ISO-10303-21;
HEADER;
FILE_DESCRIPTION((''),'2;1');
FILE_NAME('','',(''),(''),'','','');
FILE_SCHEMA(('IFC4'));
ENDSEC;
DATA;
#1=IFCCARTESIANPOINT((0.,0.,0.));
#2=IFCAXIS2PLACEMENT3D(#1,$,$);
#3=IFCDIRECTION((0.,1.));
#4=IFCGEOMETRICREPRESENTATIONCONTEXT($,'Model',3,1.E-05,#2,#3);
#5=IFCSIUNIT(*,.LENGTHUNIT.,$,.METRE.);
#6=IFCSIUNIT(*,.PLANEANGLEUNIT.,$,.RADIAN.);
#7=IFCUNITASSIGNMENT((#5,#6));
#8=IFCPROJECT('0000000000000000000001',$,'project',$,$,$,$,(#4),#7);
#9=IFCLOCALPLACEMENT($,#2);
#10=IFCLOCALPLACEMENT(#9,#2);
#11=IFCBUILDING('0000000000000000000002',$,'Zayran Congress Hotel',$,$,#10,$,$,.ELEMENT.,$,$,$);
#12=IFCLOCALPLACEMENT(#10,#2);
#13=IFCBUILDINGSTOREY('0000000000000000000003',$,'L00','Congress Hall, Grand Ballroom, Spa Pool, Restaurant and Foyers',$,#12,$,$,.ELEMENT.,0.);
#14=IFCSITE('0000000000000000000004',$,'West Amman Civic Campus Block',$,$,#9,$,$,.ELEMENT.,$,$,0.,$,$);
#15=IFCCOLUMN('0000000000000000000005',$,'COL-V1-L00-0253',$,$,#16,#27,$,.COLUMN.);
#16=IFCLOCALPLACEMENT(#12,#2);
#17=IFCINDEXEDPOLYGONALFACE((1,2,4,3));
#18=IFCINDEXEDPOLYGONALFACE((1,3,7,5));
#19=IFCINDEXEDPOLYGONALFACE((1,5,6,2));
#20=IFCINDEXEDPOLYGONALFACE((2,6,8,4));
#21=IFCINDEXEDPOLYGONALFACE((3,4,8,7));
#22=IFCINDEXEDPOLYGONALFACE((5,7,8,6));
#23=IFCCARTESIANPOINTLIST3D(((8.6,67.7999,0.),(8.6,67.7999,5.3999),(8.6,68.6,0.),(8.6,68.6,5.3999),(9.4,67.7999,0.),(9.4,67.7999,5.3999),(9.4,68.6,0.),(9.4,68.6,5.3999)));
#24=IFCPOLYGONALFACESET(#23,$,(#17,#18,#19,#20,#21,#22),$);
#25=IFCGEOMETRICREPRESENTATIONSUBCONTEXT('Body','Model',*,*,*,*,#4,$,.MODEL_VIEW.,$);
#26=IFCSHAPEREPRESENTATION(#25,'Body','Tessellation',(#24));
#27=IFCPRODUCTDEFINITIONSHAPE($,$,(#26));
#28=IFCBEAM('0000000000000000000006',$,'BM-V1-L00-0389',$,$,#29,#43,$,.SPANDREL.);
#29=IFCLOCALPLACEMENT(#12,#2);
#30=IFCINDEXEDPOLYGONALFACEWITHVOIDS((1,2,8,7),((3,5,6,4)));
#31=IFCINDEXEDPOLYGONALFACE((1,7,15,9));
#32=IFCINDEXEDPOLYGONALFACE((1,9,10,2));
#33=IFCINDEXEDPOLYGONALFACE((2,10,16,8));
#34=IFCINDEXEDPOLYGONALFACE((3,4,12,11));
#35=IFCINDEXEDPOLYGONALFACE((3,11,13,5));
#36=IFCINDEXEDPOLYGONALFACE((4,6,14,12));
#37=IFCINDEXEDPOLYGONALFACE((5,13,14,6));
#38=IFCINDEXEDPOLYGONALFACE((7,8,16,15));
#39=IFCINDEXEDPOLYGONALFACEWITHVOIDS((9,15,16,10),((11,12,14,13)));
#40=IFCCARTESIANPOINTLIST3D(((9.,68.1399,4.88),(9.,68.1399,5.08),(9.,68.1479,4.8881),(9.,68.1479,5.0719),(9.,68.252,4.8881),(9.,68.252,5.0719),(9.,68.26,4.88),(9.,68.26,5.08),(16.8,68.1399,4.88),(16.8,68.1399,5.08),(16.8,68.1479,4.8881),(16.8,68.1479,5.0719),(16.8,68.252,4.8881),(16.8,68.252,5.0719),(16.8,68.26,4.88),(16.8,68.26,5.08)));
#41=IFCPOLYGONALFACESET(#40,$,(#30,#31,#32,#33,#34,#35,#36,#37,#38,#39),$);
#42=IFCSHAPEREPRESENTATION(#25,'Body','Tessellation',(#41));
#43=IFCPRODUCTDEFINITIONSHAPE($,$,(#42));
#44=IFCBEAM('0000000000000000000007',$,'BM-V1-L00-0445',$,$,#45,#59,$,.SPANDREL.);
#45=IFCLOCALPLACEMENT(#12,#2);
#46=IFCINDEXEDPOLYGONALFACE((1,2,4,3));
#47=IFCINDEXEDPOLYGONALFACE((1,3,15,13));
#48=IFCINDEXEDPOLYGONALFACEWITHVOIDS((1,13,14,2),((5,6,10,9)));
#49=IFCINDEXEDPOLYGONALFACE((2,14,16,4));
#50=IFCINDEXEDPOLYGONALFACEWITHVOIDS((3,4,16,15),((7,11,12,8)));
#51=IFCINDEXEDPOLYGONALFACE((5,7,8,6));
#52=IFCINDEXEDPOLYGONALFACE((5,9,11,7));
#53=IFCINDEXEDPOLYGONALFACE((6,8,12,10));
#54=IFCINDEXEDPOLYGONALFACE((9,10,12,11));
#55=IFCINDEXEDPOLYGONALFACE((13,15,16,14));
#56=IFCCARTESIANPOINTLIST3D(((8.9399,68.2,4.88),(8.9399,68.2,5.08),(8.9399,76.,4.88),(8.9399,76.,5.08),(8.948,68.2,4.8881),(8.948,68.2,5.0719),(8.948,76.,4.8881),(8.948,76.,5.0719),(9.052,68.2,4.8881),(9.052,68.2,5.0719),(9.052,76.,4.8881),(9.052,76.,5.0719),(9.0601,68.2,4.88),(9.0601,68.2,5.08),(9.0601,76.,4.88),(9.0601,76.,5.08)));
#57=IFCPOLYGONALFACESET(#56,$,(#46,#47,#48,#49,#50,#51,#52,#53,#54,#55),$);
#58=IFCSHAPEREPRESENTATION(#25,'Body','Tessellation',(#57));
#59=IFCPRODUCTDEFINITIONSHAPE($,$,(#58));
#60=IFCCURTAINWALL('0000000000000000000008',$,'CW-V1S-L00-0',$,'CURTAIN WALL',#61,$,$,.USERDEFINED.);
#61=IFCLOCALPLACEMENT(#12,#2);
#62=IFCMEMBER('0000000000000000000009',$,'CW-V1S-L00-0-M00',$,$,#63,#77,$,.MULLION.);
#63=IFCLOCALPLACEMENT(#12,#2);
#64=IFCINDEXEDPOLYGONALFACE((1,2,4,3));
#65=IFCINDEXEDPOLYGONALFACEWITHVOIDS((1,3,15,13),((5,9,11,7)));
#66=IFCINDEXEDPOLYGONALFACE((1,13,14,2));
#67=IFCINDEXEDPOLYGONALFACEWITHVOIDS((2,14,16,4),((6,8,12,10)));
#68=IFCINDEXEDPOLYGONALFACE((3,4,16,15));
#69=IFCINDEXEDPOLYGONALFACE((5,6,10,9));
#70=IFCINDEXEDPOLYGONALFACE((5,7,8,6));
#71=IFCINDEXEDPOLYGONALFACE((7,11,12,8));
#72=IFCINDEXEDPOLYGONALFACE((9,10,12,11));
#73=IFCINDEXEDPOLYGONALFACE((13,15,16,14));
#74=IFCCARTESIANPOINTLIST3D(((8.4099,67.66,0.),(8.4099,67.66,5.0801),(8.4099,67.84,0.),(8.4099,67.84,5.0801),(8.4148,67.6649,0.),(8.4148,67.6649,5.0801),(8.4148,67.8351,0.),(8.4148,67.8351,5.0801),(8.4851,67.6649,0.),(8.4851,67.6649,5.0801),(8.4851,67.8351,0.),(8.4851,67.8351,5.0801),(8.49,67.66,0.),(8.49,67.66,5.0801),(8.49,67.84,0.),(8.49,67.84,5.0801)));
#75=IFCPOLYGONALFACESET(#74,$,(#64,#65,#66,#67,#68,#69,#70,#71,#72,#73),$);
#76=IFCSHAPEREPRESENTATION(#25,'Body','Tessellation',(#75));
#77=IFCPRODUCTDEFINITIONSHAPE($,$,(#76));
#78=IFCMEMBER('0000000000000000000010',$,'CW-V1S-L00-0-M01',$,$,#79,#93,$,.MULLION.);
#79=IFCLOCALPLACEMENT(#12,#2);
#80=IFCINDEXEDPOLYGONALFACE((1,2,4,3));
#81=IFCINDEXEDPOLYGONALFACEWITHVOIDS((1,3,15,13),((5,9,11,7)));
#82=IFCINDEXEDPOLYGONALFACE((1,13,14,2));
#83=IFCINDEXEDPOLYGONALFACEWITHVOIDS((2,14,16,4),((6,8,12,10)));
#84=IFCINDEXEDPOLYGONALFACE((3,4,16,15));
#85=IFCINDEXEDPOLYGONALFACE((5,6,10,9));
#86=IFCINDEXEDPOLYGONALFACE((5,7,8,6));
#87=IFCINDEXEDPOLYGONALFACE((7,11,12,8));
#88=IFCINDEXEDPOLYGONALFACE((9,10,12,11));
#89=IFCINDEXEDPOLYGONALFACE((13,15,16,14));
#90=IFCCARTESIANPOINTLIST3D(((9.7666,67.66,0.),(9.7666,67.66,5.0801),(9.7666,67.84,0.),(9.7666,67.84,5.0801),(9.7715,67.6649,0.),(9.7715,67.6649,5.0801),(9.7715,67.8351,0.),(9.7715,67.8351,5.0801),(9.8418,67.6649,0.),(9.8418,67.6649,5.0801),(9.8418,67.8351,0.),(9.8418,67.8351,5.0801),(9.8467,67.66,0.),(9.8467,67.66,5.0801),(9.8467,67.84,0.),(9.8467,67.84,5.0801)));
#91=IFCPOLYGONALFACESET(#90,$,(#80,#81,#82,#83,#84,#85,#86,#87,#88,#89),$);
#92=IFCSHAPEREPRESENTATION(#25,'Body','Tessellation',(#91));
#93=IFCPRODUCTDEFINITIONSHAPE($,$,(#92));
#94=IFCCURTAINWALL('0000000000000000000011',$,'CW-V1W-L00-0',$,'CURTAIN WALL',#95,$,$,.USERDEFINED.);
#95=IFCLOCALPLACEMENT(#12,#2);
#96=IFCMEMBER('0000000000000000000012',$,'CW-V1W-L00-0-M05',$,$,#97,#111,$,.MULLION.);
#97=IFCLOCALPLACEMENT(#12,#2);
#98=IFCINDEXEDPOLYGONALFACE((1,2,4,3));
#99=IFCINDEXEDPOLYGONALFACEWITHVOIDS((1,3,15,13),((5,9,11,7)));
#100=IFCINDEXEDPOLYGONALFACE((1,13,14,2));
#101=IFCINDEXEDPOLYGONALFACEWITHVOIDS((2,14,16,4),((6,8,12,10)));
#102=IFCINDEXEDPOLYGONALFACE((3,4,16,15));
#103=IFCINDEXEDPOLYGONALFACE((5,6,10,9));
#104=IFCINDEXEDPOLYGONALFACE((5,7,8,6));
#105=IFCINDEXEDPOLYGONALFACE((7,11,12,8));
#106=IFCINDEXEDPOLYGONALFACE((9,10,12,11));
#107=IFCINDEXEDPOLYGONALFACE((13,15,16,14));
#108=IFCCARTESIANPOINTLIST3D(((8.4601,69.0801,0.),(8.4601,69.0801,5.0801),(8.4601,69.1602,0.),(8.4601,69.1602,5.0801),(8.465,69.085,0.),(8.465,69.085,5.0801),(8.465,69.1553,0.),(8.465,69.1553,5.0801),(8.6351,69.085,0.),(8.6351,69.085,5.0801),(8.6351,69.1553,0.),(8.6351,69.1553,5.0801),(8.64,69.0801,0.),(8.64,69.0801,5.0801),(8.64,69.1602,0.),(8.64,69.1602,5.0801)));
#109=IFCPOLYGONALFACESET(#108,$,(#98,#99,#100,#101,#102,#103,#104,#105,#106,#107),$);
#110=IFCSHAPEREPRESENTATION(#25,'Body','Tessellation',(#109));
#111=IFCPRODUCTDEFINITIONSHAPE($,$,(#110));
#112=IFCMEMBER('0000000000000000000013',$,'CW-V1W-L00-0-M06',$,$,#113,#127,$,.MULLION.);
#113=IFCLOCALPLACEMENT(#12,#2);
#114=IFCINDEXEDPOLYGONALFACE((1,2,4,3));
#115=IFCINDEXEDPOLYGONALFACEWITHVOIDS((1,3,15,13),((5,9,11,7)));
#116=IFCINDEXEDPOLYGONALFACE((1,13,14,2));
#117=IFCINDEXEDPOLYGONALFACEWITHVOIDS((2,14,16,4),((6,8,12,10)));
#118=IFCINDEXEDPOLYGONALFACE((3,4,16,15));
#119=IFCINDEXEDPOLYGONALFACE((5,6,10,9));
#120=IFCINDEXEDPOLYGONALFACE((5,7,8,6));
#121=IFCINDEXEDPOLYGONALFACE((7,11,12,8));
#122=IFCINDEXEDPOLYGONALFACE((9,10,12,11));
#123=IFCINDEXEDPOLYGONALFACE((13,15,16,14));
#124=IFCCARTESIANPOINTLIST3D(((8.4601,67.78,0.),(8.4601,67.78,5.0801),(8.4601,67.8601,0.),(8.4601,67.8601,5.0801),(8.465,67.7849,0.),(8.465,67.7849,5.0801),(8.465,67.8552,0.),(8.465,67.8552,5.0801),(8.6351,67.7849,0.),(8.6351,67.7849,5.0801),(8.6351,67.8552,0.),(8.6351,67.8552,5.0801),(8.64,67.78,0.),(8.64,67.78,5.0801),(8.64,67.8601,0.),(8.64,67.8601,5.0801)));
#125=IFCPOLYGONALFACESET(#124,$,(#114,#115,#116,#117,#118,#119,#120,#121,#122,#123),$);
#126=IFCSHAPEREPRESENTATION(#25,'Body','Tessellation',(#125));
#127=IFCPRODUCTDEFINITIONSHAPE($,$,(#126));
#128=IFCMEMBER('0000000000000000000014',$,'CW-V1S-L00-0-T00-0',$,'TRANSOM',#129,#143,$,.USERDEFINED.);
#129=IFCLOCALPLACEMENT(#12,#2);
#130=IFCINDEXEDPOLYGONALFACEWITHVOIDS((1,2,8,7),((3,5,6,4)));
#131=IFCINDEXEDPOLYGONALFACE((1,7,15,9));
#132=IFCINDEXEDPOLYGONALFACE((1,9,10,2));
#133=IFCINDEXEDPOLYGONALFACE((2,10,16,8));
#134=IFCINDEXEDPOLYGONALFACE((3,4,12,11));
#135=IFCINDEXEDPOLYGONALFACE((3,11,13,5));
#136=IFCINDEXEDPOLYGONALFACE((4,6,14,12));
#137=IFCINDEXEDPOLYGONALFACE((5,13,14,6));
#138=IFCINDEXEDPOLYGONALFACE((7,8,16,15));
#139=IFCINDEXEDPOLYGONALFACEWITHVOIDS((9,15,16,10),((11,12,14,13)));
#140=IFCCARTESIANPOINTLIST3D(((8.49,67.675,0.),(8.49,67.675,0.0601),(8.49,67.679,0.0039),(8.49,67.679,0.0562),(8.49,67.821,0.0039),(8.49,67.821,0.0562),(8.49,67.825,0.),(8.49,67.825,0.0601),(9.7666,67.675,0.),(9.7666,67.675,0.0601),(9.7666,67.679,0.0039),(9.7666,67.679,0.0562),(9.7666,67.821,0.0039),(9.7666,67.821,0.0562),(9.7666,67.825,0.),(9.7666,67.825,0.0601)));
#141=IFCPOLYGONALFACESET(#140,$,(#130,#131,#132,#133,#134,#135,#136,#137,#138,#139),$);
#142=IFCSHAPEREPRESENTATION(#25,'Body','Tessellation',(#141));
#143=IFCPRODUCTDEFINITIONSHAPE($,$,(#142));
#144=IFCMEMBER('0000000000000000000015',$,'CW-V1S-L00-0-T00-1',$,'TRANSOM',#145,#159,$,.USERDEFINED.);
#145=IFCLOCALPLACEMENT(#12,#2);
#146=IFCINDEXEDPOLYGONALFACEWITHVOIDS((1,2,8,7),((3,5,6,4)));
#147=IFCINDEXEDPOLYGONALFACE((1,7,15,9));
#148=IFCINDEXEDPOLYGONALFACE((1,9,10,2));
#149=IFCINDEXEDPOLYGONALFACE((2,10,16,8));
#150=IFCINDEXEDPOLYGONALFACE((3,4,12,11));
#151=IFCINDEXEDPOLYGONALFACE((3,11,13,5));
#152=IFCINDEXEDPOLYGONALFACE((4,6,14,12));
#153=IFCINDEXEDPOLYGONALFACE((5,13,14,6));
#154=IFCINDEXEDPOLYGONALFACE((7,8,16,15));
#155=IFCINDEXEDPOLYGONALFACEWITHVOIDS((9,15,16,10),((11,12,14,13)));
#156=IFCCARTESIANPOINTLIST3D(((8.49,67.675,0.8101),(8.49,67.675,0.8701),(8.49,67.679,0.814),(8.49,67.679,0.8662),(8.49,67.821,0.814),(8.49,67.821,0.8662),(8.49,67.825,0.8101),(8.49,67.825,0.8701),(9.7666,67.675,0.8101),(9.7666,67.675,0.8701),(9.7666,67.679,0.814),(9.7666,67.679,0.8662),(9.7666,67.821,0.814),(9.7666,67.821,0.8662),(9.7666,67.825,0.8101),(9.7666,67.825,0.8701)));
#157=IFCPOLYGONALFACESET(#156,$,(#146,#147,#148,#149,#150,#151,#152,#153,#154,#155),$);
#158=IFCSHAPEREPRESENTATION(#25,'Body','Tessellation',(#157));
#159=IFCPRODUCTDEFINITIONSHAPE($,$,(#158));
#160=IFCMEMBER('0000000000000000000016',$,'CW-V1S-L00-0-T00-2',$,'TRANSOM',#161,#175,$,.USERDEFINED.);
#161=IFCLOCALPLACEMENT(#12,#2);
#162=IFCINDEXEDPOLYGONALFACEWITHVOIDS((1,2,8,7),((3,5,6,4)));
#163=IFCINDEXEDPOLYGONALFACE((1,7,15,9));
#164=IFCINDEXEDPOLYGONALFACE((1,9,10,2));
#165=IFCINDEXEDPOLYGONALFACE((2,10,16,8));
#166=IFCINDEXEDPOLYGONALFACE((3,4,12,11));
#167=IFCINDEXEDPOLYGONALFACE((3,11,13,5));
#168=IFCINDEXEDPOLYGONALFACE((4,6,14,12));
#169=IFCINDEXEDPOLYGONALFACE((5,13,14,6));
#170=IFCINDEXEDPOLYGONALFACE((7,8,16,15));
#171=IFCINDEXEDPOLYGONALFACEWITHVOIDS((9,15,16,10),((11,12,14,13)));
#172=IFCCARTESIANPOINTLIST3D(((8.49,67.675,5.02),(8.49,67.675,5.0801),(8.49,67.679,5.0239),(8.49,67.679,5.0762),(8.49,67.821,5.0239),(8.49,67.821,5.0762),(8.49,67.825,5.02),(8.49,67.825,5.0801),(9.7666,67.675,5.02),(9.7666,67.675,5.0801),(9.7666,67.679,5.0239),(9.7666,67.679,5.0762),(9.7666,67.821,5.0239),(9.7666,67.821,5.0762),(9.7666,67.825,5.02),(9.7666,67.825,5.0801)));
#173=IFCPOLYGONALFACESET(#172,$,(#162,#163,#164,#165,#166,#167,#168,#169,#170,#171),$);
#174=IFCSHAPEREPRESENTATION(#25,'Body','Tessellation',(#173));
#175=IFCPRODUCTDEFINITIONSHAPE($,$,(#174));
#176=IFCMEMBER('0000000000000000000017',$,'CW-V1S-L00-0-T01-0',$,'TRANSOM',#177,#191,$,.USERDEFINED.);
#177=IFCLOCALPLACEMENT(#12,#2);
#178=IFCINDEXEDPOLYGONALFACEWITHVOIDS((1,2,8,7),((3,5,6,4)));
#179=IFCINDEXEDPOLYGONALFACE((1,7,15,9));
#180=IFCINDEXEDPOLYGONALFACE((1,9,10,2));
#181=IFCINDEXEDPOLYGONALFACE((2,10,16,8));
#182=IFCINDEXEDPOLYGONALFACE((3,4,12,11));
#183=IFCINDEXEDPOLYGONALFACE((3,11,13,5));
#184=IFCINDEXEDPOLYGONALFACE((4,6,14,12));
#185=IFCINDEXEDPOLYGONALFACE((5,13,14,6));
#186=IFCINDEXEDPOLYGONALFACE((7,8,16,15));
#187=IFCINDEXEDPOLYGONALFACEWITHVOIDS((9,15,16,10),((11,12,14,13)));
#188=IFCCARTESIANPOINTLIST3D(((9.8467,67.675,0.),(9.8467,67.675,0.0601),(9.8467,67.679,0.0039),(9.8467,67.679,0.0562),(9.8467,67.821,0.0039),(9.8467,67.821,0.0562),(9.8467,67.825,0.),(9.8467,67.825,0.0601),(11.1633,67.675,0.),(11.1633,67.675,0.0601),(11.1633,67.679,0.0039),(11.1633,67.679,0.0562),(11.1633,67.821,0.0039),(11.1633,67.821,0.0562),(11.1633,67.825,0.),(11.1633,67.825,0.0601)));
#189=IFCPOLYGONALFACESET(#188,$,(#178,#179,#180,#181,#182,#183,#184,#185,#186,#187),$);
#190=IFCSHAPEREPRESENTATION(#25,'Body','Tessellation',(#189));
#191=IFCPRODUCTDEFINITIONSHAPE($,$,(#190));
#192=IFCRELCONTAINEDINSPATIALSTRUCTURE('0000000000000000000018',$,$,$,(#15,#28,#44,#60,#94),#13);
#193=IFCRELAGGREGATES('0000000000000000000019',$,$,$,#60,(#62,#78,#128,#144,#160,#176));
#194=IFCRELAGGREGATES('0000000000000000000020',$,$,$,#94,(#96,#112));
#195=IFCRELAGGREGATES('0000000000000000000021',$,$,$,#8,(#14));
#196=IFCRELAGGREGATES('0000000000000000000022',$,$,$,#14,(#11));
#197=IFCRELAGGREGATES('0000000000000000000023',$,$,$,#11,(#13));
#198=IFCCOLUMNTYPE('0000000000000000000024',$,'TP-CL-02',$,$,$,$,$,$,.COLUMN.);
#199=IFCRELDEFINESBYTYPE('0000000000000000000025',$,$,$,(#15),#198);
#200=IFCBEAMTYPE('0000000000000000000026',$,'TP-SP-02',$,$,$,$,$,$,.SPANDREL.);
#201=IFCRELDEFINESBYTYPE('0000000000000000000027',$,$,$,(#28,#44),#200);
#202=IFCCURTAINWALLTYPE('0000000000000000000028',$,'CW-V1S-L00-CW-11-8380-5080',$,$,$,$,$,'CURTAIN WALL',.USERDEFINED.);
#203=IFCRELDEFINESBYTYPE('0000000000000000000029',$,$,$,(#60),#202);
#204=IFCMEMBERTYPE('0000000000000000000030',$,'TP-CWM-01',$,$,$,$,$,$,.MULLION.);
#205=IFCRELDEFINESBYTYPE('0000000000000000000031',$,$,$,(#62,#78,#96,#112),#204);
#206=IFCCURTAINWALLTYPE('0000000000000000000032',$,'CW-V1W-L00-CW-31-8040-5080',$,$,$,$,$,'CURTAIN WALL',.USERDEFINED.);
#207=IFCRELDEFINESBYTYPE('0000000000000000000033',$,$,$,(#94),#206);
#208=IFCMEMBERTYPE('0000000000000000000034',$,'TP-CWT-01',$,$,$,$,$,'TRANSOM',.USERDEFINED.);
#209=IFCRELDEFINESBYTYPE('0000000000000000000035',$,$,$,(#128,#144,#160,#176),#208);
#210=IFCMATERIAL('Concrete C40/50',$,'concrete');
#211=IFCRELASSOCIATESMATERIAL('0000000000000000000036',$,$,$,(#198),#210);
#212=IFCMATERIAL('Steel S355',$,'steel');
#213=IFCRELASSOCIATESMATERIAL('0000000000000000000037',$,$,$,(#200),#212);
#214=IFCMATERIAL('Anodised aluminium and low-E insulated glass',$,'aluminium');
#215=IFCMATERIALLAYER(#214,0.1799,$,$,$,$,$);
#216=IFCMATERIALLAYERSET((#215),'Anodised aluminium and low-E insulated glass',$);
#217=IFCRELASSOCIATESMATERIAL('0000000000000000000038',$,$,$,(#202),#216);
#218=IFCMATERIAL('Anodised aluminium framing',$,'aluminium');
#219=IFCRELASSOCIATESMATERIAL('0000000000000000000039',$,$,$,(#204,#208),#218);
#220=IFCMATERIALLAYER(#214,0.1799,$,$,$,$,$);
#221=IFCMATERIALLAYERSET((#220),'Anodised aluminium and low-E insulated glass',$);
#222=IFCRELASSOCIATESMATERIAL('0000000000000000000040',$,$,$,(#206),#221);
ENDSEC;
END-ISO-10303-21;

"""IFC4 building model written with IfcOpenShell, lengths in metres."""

from ifc_helpers import new_model, si_unit, direction, frame, origin, origin_2d, place, context, subcontext, project, spatial, rectangle, hollow_rectangle, extrude, material, layer, layer_set, material_profile, profile_set, type_object, element, aggregate, save


model = new_model("IFC4")

# Units and contexts
model_context = context("Model", 3, precision=1e-05, world=origin(), true_north=direction((0.0, 1.0)))
body_context = subcontext(model_context, "Body", "Model", "MODEL_VIEW")
ifc_project = project(units=[si_unit("LENGTHUNIT", "METRE"), si_unit("PLANEANGLEUNIT", "RADIAN")], contexts=[model_context])

# Site, building, storey
site_placement = place(None, origin())
site = spatial("IfcSite", under=ifc_project, at=site_placement, Name="West Amman Civic Campus Block", CompositionType="ELEMENT", RefElevation=0.0)
building_placement = place(site_placement, origin())
building = spatial("IfcBuilding", under=site, at=building_placement, Name="Zayran Congress Hotel", CompositionType="ELEMENT")
storey_placement = place(building_placement, origin())
storey = spatial("IfcBuildingStorey", under=building, at=storey_placement, Name="L00", Description="Congress Hall, Grand Ballroom, Spa Pool, Restaurant and Foyers", CompositionType="ELEMENT", Elevation=0.0)

# Column
ifc_material_1 = material(Name="Concrete C40/50", Category="concrete")
ifc_material_profile_1 = material_profile(ifc_material_1, rectangle(XDim=0.8, YDim=0.8, at=origin_2d()), Name="RC 800x800")
ifc_profile_set_1 = profile_set([ifc_material_profile_1], Name="Concrete C40/50")
column_type = type_object("IfcColumnType", Name="TP-CL-02", PredefinedType="COLUMN", material=ifc_profile_set_1)
column_placement = place(storey_placement, frame((9.0, 68.2, 0.0), z_axis=(0.0, 0.0, 1.0), x_axis=(1.0, 0.0, 0.0)))
element("IfcColumn", 1, at=column_placement, inside=storey, type_object=column_type, Name="COL-V1-L00-0253", PredefinedType="COLUMN", context=body_context, shape_type="SweptSolid", body=[
    extrude(rectangle(XDim=0.8, YDim=0.8, at=origin_2d()), origin(), (0.0, 0.0, 1.0), 5.3999),
])

# Beams
ifc_material_2 = material(Name="Steel S355", Category="steel")
ifc_material_profile_2 = material_profile(ifc_material_2, hollow_rectangle(XDim=0.1201, YDim=0.2, WallThickness=0.0081, at=origin_2d()), Name="RHS 200x120x8")
ifc_profile_set_2 = profile_set([ifc_material_profile_2], Name="Steel S355")
beam_type = type_object("IfcBeamType", Name="TP-SP-02", PredefinedType="SPANDREL", material=ifc_profile_set_2)
for number, where, z_axis, x_axis, name in (
    (2, (9.0, 68.2, 4.98), (1.0, 0.0, 0.0), (0.0, 1.0, 0.0), "BM-V1-L00-0389"),
    (3, (9.0, 68.2, 4.98), (0.0, 1.0, 0.0), (-1.0, 0.0, 0.0), "BM-V1-L00-0445"),
):
    element("IfcBeam", number, at=place(storey_placement, frame(where, z_axis=z_axis, x_axis=x_axis)), inside=storey, type_object=beam_type, Name=name, PredefinedType="SPANDREL", context=body_context, shape_type="SweptSolid", body=[
        extrude(hollow_rectangle(XDim=0.1201, YDim=0.2, WallThickness=0.0081, at=origin_2d()), origin(), (0.0, 0.0, 1.0), 7.8),
    ])

# Curtain walls, members
ifc_material_3 = material(Name="Anodised aluminium and low-E insulated glass", Category="aluminium")
ifc_layer_1 = layer(ifc_material_3, 0.1799)
ifc_layer_set_1 = layer_set([ifc_layer_1], Name="Anodised aluminium and low-E insulated glass")
curtain_wall_type_1 = type_object("IfcCurtainWallType", Name="CW-V1S-L00-CW-11-8380-5080", ElementType="CURTAIN WALL", PredefinedType="USERDEFINED", material=ifc_layer_set_1)
curtain_wall_1_placement = place(storey_placement, origin())
curtain_wall_1 = element("IfcCurtainWall", 4, at=curtain_wall_1_placement, inside=storey, type_object=curtain_wall_type_1, Name="CW-V1S-L00-0", ObjectType="CURTAIN WALL", PredefinedType="USERDEFINED")
ifc_material_4 = material(Name="Anodised aluminium framing", Category="aluminium")
ifc_material_profile_3 = material_profile(ifc_material_4, hollow_rectangle(XDim=0.0801, YDim=0.1799, WallThickness=0.0049, at=origin_2d()), Name="RHS 180x80x5")
ifc_profile_set_3 = profile_set([ifc_material_profile_3], Name="Anodised aluminium framing")
member_type_1 = type_object("IfcMemberType", Name="TP-CWM-01", PredefinedType="MULLION", material=ifc_profile_set_3)
member_1_placement = place(storey_placement, frame((8.45, 67.75, 0.0), z_axis=(0.0, 0.0, 1.0), x_axis=(1.0, 0.0, 0.0)))
member_1 = element("IfcMember", 5, at=member_1_placement, type_object=member_type_1, Name="CW-V1S-L00-0-M00", PredefinedType="MULLION", context=body_context, shape_type="SweptSolid", body=[
    extrude(hollow_rectangle(XDim=0.0801, YDim=0.1799, WallThickness=0.0049, at=origin_2d()), origin(), (0.0, 0.0, 1.0), 5.0801),
])
member_2_placement = place(storey_placement, frame((9.8066, 67.75, 0.0), z_axis=(0.0, 0.0, 1.0), x_axis=(1.0, 0.0, 0.0)))
member_2 = element("IfcMember", 6, at=member_2_placement, type_object=member_type_1, Name="CW-V1S-L00-0-M01", PredefinedType="MULLION", context=body_context, shape_type="SweptSolid", body=[
    extrude(hollow_rectangle(XDim=0.0801, YDim=0.1799, WallThickness=0.0049, at=origin_2d()), origin(), (0.0, 0.0, 1.0), 5.0801),
])
ifc_layer_2 = layer(ifc_material_3, 0.1799)
ifc_layer_set_2 = layer_set([ifc_layer_2], Name="Anodised aluminium and low-E insulated glass")
curtain_wall_type_2 = type_object("IfcCurtainWallType", Name="CW-V1W-L00-CW-31-8040-5080", ElementType="CURTAIN WALL", PredefinedType="USERDEFINED", material=ifc_layer_set_2)
curtain_wall_2_placement = place(storey_placement, origin())
curtain_wall_2 = element("IfcCurtainWall", 7, at=curtain_wall_2_placement, inside=storey, type_object=curtain_wall_type_2, Name="CW-V1W-L00-0", ObjectType="CURTAIN WALL", PredefinedType="USERDEFINED")
member_3_placement = place(storey_placement, frame((8.55, 69.1201, 0.0), z_axis=(0.0, 0.0, 1.0), x_axis=(0.0, 1.0, 0.0)))
member_3 = element("IfcMember", 8, at=member_3_placement, type_object=member_type_1, Name="CW-V1W-L00-0-M05", PredefinedType="MULLION", context=body_context, shape_type="SweptSolid", body=[
    extrude(hollow_rectangle(XDim=0.0801, YDim=0.1799, WallThickness=0.0049, at=origin_2d()), origin(), (0.0, 0.0, 1.0), 5.0801),
])
member_4_placement = place(storey_placement, frame((8.55, 67.8201, 0.0), z_axis=(0.0, 0.0, 1.0), x_axis=(0.0, 1.0, 0.0)))
member_4 = element("IfcMember", 9, at=member_4_placement, type_object=member_type_1, Name="CW-V1W-L00-0-M06", PredefinedType="MULLION", context=body_context, shape_type="SweptSolid", body=[
    extrude(hollow_rectangle(XDim=0.0801, YDim=0.1799, WallThickness=0.0049, at=origin_2d()), origin(), (0.0, 0.0, 1.0), 5.0801),
])

# Members
ifc_material_profile_4 = material_profile(ifc_material_4, hollow_rectangle(XDim=0.0601, YDim=0.1499, WallThickness=0.0039, at=origin_2d()), Name="RHS 150x60x4")
ifc_profile_set_4 = profile_set([ifc_material_profile_4], Name="Anodised aluminium framing")
member_type_2 = type_object("IfcMemberType", Name="TP-CWT-01", ElementType="TRANSOM", PredefinedType="USERDEFINED", material=ifc_profile_set_4)
member_5_placement = place(storey_placement, frame((8.49, 67.75, 0.03), z_axis=(1.0, 0.0, 0.0), x_axis=(0.0, 0.0, 1.0)))
member_5 = element("IfcMember", 10, at=member_5_placement, type_object=member_type_2, Name="CW-V1S-L00-0-T00-0", ObjectType="TRANSOM", PredefinedType="USERDEFINED", context=body_context, shape_type="SweptSolid", body=[
    extrude(hollow_rectangle(XDim=0.0601, YDim=0.1499, WallThickness=0.0039, at=origin_2d()), origin(), (0.0, 0.0, 1.0), 1.2766),
])
member_6_placement = place(storey_placement, frame((8.49, 67.75, 0.8401), z_axis=(1.0, 0.0, 0.0), x_axis=(0.0, 0.0, 1.0)))
member_6 = element("IfcMember", 11, at=member_6_placement, type_object=member_type_2, Name="CW-V1S-L00-0-T00-1", ObjectType="TRANSOM", PredefinedType="USERDEFINED", context=body_context, shape_type="SweptSolid", body=[
    extrude(hollow_rectangle(XDim=0.0601, YDim=0.1499, WallThickness=0.0039, at=origin_2d()), origin(), (0.0, 0.0, 1.0), 1.2766),
])
member_7_placement = place(storey_placement, frame((8.49, 67.75, 5.05), z_axis=(1.0, 0.0, 0.0), x_axis=(0.0, 0.0, 1.0)))
member_7 = element("IfcMember", 12, at=member_7_placement, type_object=member_type_2, Name="CW-V1S-L00-0-T00-2", ObjectType="TRANSOM", PredefinedType="USERDEFINED", context=body_context, shape_type="SweptSolid", body=[
    extrude(hollow_rectangle(XDim=0.0601, YDim=0.1499, WallThickness=0.0039, at=origin_2d()), origin(), (0.0, 0.0, 1.0), 1.2766),
])
member_8_placement = place(storey_placement, frame((9.8467, 67.75, 0.03), z_axis=(1.0, 0.0, 0.0), x_axis=(0.0, 0.0, 1.0)))
member_8 = element("IfcMember", 13, at=member_8_placement, type_object=member_type_2, Name="CW-V1S-L00-0-T01-0", ObjectType="TRANSOM", PredefinedType="USERDEFINED", context=body_context, shape_type="SweptSolid", body=[
    extrude(hollow_rectangle(XDim=0.0601, YDim=0.1499, WallThickness=0.0039, at=origin_2d()), origin(), (0.0, 0.0, 1.0), 1.3167),
])

aggregate(curtain_wall_1, [member_1, member_2, member_5, member_6, member_7, member_8])
aggregate(curtain_wall_2, [member_3, member_4])

save(model, "model.ifc")
